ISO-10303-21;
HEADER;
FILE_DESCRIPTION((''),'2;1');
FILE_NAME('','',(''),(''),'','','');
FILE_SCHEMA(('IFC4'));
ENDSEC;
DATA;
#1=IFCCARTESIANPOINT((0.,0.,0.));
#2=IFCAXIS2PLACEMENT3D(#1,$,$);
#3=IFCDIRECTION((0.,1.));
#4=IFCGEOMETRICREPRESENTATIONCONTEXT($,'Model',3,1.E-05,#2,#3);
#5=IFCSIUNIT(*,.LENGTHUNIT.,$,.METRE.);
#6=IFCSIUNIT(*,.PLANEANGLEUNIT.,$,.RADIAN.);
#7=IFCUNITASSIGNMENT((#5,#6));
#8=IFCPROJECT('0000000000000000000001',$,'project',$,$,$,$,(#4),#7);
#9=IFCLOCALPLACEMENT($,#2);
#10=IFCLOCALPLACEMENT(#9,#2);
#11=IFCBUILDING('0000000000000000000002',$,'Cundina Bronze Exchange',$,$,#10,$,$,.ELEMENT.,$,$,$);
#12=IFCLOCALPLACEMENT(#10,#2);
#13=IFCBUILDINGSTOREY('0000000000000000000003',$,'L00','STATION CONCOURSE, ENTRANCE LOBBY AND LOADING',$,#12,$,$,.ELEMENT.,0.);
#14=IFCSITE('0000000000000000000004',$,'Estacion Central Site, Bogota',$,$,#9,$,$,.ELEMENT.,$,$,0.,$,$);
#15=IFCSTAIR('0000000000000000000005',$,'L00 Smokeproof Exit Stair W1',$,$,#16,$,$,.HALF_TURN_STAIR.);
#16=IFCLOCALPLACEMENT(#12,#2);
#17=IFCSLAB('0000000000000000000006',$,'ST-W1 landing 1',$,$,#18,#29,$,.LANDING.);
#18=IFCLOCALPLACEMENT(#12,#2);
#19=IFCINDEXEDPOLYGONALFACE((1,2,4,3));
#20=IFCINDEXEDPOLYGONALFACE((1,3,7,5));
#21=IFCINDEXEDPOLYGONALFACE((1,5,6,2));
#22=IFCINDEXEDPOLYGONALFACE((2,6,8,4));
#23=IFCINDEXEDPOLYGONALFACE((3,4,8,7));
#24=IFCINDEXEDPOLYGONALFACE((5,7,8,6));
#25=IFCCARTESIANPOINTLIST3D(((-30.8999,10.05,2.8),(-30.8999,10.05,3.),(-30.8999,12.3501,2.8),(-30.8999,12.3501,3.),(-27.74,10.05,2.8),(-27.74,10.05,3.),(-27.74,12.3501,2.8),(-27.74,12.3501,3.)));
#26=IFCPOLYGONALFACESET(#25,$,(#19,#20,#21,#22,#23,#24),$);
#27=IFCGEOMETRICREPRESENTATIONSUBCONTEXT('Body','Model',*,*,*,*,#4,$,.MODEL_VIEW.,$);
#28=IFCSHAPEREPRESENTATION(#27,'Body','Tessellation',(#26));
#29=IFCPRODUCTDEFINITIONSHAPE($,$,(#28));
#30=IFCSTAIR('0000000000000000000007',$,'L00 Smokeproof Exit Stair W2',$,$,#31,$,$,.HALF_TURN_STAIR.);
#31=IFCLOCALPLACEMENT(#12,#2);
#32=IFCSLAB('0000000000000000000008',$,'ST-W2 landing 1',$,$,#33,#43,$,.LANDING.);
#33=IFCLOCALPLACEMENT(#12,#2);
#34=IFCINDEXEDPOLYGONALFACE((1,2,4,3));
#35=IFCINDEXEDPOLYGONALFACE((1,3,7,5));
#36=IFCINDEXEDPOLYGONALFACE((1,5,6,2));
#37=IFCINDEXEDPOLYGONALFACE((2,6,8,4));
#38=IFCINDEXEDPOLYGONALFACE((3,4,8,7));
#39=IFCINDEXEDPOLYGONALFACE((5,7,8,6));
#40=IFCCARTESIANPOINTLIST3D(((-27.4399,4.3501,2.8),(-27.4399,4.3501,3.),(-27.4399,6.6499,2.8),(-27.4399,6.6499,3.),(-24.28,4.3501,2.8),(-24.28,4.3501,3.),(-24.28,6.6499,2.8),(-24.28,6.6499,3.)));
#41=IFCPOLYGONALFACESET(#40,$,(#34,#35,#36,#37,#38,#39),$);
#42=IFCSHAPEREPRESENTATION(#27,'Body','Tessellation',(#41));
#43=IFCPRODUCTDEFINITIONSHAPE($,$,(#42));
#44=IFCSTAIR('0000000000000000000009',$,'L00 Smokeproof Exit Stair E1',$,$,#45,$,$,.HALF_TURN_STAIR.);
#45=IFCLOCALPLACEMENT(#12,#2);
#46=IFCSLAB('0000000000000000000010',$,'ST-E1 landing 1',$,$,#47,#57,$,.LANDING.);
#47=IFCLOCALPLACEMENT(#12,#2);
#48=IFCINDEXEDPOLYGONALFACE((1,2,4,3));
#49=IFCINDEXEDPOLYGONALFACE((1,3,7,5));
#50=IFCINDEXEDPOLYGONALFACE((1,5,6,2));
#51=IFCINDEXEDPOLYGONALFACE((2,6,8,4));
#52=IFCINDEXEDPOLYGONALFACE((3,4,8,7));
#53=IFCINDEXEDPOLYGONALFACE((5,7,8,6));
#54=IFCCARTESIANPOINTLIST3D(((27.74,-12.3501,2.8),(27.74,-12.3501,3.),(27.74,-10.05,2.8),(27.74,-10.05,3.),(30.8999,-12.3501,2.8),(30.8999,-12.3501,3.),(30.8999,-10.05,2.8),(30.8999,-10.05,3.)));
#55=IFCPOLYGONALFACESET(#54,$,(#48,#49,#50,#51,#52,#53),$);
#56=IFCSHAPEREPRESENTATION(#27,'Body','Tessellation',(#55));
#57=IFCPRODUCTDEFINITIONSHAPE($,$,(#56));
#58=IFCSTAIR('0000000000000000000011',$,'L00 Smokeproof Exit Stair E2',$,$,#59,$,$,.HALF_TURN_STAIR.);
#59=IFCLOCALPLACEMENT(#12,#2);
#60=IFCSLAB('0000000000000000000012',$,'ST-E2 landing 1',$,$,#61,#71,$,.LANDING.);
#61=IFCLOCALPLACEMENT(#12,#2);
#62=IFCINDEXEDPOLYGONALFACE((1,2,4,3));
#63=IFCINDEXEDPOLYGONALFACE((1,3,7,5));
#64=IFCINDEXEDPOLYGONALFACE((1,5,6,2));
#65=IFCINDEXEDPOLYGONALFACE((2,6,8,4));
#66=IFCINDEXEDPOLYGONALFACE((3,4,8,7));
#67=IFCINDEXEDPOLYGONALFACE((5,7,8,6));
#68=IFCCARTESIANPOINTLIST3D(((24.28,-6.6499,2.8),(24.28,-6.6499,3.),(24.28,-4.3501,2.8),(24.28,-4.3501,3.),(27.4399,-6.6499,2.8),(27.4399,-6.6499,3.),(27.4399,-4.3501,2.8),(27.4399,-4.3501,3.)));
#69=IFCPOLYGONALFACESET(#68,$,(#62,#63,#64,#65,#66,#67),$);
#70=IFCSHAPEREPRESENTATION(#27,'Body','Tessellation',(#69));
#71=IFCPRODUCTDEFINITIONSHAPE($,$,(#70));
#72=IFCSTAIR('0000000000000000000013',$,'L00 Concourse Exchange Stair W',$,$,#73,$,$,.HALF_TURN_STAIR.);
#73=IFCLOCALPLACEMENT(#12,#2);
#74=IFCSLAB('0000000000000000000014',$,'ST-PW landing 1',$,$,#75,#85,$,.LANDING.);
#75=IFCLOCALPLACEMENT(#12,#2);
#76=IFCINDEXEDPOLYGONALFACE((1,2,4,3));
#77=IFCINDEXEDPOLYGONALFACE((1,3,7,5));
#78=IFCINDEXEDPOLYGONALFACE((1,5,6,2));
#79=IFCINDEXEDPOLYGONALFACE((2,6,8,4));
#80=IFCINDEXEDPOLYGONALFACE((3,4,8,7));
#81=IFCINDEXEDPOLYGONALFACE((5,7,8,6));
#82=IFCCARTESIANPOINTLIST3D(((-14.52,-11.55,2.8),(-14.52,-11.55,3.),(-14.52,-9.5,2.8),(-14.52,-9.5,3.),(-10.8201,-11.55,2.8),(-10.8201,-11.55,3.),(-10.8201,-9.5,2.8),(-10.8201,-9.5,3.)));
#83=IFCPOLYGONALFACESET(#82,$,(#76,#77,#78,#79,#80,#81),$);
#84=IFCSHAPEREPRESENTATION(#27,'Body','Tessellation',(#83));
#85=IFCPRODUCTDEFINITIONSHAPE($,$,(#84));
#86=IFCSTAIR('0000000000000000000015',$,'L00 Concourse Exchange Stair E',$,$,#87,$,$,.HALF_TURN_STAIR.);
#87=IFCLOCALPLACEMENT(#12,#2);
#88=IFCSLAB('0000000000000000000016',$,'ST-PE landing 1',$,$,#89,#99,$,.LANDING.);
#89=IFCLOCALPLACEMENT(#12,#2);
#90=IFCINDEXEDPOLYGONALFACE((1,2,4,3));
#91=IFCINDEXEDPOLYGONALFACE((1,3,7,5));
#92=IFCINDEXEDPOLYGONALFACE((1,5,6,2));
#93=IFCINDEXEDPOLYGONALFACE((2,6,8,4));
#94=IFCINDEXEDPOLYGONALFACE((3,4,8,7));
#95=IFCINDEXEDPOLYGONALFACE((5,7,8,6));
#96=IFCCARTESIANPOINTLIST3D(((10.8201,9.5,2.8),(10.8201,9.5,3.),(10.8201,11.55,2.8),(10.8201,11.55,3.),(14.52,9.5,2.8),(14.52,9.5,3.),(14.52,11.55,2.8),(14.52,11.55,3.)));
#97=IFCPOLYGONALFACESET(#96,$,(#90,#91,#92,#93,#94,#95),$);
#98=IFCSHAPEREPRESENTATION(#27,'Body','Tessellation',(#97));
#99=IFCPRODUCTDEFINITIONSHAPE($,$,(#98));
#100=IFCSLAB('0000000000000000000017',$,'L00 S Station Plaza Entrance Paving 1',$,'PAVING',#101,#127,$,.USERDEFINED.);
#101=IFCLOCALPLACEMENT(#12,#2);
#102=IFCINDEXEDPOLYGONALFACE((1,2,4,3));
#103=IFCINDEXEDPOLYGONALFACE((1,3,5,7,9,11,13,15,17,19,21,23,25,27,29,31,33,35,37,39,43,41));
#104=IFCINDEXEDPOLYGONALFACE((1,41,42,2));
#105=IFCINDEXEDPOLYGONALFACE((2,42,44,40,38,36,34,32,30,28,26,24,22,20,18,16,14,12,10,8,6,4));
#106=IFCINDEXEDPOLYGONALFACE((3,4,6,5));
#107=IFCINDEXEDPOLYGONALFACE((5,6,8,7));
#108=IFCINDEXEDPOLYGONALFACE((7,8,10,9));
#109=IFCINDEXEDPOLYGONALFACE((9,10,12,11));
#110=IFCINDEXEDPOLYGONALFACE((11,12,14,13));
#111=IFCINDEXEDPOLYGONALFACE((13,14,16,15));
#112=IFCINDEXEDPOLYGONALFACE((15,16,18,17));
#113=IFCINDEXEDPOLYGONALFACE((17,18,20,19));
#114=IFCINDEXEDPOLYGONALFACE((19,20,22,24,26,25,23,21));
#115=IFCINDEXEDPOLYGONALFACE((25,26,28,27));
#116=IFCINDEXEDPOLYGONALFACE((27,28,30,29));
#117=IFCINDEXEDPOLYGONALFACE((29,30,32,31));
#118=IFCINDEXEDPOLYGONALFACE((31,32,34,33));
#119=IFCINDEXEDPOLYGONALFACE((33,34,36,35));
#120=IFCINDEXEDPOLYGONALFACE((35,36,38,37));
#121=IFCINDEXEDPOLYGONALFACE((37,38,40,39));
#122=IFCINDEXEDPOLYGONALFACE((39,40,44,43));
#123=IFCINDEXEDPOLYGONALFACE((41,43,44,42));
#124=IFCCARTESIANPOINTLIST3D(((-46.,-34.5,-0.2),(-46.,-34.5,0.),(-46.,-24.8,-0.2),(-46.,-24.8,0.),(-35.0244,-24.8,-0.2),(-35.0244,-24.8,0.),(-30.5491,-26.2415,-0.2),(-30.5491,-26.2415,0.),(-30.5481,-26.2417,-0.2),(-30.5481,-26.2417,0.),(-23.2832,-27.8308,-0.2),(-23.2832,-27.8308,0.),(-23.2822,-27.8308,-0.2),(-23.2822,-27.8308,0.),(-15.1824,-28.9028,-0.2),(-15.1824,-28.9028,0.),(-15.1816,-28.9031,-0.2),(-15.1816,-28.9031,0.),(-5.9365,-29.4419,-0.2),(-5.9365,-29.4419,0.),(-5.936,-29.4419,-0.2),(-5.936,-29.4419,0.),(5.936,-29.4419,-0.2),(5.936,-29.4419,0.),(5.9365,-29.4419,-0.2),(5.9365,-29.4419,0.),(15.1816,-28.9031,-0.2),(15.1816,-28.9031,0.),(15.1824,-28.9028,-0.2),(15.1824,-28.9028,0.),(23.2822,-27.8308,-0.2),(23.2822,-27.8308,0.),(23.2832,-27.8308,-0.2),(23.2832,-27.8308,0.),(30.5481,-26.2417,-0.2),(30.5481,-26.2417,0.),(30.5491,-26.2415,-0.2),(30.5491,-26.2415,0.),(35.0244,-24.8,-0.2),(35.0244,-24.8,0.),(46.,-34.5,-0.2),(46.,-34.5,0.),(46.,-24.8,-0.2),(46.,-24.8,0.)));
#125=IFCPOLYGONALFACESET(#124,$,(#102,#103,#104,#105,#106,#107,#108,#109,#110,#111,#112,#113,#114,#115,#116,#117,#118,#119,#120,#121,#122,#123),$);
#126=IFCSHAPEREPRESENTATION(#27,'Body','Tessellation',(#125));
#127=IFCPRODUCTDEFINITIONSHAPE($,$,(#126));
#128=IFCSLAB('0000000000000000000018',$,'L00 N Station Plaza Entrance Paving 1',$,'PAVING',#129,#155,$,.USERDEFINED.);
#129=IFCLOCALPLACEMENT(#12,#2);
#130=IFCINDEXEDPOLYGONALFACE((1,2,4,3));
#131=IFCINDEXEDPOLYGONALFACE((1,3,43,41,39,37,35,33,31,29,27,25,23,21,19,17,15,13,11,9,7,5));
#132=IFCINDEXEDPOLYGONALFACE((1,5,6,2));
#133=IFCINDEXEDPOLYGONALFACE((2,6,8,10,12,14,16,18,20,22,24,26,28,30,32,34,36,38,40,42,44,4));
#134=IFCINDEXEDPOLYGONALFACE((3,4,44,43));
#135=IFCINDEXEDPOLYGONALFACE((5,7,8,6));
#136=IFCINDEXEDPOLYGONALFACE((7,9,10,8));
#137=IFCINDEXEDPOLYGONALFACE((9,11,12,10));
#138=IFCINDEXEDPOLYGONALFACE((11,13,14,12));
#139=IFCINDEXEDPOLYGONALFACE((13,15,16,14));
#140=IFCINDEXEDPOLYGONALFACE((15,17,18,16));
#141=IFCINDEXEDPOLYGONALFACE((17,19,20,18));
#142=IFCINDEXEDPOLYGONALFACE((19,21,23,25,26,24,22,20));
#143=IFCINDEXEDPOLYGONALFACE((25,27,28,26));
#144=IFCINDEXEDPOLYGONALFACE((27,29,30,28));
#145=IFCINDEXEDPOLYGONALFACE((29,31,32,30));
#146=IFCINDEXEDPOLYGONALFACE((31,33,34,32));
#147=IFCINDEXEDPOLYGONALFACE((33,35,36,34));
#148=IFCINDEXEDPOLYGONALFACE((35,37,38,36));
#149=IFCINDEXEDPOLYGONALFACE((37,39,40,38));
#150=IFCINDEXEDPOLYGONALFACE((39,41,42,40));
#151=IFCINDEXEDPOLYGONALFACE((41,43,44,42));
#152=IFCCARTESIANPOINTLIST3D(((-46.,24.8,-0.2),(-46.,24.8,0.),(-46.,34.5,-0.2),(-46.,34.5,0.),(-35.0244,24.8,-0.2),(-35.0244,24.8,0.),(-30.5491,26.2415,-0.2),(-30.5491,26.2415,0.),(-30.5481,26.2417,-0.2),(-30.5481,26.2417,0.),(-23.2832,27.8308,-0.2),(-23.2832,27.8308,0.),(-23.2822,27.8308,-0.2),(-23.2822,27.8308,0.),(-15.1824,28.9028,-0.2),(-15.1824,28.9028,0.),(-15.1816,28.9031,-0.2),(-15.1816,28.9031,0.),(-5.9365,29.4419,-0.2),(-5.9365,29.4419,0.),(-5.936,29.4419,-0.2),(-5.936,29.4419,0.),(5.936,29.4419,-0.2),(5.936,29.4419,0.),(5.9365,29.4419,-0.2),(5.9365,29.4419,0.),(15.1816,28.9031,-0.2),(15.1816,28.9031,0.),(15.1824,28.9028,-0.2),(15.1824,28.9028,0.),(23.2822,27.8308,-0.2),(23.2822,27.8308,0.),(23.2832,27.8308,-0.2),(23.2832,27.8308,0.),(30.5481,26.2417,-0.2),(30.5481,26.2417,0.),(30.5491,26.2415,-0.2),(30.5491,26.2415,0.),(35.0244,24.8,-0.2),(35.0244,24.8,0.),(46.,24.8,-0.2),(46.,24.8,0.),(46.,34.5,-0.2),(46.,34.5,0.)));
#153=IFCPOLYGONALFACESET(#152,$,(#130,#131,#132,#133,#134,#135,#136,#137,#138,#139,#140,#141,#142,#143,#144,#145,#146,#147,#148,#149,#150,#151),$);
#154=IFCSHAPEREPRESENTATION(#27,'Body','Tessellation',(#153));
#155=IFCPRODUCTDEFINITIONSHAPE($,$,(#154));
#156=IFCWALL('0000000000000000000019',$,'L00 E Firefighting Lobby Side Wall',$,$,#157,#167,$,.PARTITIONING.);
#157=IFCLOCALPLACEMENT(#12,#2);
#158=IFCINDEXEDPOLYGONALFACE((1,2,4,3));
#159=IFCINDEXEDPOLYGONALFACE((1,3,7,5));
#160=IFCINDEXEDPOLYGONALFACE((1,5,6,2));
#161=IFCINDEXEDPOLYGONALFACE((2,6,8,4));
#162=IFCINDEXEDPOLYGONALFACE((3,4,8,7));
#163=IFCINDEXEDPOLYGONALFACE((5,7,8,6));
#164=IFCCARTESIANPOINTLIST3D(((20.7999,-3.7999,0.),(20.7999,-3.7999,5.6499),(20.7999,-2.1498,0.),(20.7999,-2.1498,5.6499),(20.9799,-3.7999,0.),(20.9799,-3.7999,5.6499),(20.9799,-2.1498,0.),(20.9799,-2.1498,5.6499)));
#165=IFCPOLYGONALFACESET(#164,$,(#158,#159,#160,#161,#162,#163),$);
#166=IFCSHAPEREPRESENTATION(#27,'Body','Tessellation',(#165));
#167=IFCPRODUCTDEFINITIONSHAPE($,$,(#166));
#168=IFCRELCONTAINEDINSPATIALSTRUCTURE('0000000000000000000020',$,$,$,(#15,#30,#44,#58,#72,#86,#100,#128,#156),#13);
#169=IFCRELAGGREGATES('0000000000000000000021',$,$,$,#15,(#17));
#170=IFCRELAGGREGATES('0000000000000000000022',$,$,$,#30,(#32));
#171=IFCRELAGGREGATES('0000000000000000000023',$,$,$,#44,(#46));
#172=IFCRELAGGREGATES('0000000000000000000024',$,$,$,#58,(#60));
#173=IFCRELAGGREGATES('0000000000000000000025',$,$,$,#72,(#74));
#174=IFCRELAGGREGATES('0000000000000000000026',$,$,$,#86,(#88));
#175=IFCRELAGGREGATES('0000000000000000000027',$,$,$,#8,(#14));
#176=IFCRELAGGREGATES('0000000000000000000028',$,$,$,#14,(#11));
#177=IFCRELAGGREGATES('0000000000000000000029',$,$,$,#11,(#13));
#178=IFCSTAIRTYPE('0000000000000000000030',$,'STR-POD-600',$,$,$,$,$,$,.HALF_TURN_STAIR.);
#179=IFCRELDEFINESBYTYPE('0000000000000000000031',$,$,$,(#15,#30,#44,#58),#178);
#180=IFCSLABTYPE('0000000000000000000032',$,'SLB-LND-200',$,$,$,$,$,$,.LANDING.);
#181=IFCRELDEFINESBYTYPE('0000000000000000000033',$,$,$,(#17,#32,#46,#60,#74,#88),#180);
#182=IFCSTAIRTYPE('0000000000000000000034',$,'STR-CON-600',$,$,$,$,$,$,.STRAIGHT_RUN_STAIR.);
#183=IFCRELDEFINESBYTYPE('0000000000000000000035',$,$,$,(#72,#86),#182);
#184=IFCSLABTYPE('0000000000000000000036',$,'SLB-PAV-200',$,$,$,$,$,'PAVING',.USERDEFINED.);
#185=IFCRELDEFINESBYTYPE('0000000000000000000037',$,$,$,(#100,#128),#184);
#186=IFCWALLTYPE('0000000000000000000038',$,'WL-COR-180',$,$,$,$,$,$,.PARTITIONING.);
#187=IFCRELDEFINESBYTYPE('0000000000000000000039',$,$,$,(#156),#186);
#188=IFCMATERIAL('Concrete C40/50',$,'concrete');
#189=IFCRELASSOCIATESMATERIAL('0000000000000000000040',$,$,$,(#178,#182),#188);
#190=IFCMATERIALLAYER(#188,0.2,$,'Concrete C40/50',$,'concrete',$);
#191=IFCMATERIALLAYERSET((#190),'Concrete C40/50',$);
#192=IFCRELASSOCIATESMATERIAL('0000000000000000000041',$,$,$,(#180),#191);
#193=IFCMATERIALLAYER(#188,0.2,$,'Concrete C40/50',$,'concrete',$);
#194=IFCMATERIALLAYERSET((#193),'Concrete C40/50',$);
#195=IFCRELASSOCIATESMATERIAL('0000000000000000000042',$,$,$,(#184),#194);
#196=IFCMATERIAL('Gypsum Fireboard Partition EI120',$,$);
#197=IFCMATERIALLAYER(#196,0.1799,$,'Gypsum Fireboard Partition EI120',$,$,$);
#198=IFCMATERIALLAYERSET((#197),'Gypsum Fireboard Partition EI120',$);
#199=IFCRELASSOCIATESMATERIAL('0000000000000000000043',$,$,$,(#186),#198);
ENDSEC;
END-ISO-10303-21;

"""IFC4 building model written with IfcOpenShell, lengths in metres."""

from ifc_helpers import new_model, si_unit, direction, frame, frame_2d, origin, place, context, subcontext, project, spatial, polyline, rectangle, outline, extrude, material, layer, layer_set, type_object, element, aggregate, save


model = new_model("IFC4")

# Units and contexts
model_context = context("Model", 3, precision=1e-05, world=origin(), true_north=direction((0.0, 1.0)))
body_context = subcontext(model_context, "Body", "Model", "MODEL_VIEW")
ifc_project = project(units=[si_unit("LENGTHUNIT", "METRE"), si_unit("PLANEANGLEUNIT", "RADIAN")], contexts=[model_context])

# Site, building, storey
site_placement = place(None, origin())
site = spatial("IfcSite", under=ifc_project, at=site_placement, Name="Estacion Central Site, Bogota", CompositionType="ELEMENT", RefElevation=0.0)
building_placement = place(site_placement, origin())
building = spatial("IfcBuilding", under=site, at=building_placement, Name="Cundina Bronze Exchange", CompositionType="ELEMENT")
storey_placement = place(building_placement, origin())
storey = spatial("IfcBuildingStorey", under=building, at=storey_placement, Name="L00", Description="STATION CONCOURSE, ENTRANCE LOBBY AND LOADING", CompositionType="ELEMENT", Elevation=0.0)

# Stairs, slabs
ifc_material_1 = material(Name="Concrete C40/50", Category="concrete")
stair_type_1 = type_object("IfcStairType", Name="STR-POD-600", PredefinedType="HALF_TURN_STAIR", material=ifc_material_1)
stair_1_placement = place(storey_placement, origin())
stair_1 = element("IfcStair", 1, at=stair_1_placement, inside=storey, type_object=stair_type_1, Name="L00 Smokeproof Exit Stair W1", PredefinedType="HALF_TURN_STAIR")
ifc_layer_1 = layer(ifc_material_1, 0.2, Name="Concrete C40/50", Category="concrete")
ifc_layer_set_1 = layer_set([ifc_layer_1], Name="Concrete C40/50")
slab_type_1 = type_object("IfcSlabType", Name="SLB-LND-200", PredefinedType="LANDING", material=ifc_layer_set_1)
slab_1_placement = place(storey_placement, frame((0.0, 0.0, 2.8)))
slab_1 = element("IfcSlab", 2, at=slab_1_placement, type_object=slab_type_1, Name="ST-W1 landing 1", PredefinedType="LANDING", context=body_context, shape_type="SweptSolid", body=[
    extrude(outline(polyline([(-27.74, 10.05), (-27.74, 12.3501), (-30.8999, 12.3501), (-30.8999, 10.05), (-27.74, 10.05)])), origin(), (0.0, 0.0, 1.0), 0.2),
])
aggregate(stair_1, [slab_1])
stair_2_placement = place(storey_placement, origin())
stair_2 = element("IfcStair", 3, at=stair_2_placement, inside=storey, type_object=stair_type_1, Name="L00 Smokeproof Exit Stair W2", PredefinedType="HALF_TURN_STAIR")
slab_2_placement = place(storey_placement, frame((0.0, 0.0, 2.8)))
slab_2 = element("IfcSlab", 4, at=slab_2_placement, type_object=slab_type_1, Name="ST-W2 landing 1", PredefinedType="LANDING", context=body_context, shape_type="SweptSolid", body=[
    extrude(outline(polyline([(-27.4399, 6.6499), (-27.4399, 4.3501), (-24.28, 4.3501), (-24.28, 6.6499), (-27.4399, 6.6499)])), origin(), (0.0, 0.0, 1.0), 0.2),
])
aggregate(stair_2, [slab_2])
stair_3_placement = place(storey_placement, origin())
stair_3 = element("IfcStair", 5, at=stair_3_placement, inside=storey, type_object=stair_type_1, Name="L00 Smokeproof Exit Stair E1", PredefinedType="HALF_TURN_STAIR")
slab_3_placement = place(storey_placement, frame((0.0, 0.0, 2.8)))
slab_3 = element("IfcSlab", 6, at=slab_3_placement, type_object=slab_type_1, Name="ST-E1 landing 1", PredefinedType="LANDING", context=body_context, shape_type="SweptSolid", body=[
    extrude(outline(polyline([(27.74, -10.05), (27.74, -12.3501), (30.8999, -12.3501), (30.8999, -10.05), (27.74, -10.05)])), origin(), (0.0, 0.0, 1.0), 0.2),
])
aggregate(stair_3, [slab_3])
stair_4_placement = place(storey_placement, origin())
stair_4 = element("IfcStair", 7, at=stair_4_placement, inside=storey, type_object=stair_type_1, Name="L00 Smokeproof Exit Stair E2", PredefinedType="HALF_TURN_STAIR")
slab_4_placement = place(storey_placement, frame((0.0, 0.0, 2.8)))
slab_4 = element("IfcSlab", 8, at=slab_4_placement, type_object=slab_type_1, Name="ST-E2 landing 1", PredefinedType="LANDING", context=body_context, shape_type="SweptSolid", body=[
    extrude(outline(polyline([(27.4399, -6.6499), (27.4399, -4.3501), (24.28, -4.3501), (24.28, -6.6499), (27.4399, -6.6499)])), origin(), (0.0, 0.0, 1.0), 0.2),
])
aggregate(stair_4, [slab_4])
stair_type_2 = type_object("IfcStairType", Name="STR-CON-600", PredefinedType="STRAIGHT_RUN_STAIR", material=ifc_material_1)
stair_5_placement = place(storey_placement, origin())
stair_5 = element("IfcStair", 9, at=stair_5_placement, inside=storey, type_object=stair_type_2, Name="L00 Concourse Exchange Stair W", PredefinedType="HALF_TURN_STAIR")
slab_5_placement = place(storey_placement, frame((0.0, 0.0, 2.8)))
slab_5 = element("IfcSlab", 10, at=slab_5_placement, type_object=slab_type_1, Name="ST-PW landing 1", PredefinedType="LANDING", context=body_context, shape_type="SweptSolid", body=[
    extrude(outline(polyline([(-10.8201, -11.55), (-10.8201, -9.5), (-14.52, -9.5), (-14.52, -11.55), (-10.8201, -11.55)])), origin(), (0.0, 0.0, 1.0), 0.2),
])
aggregate(stair_5, [slab_5])
stair_6_placement = place(storey_placement, origin())
stair_6 = element("IfcStair", 11, at=stair_6_placement, inside=storey, type_object=stair_type_2, Name="L00 Concourse Exchange Stair E", PredefinedType="HALF_TURN_STAIR")
slab_6_placement = place(storey_placement, frame((0.0, 0.0, 2.8)))
slab_6 = element("IfcSlab", 12, at=slab_6_placement, type_object=slab_type_1, Name="ST-PE landing 1", PredefinedType="LANDING", context=body_context, shape_type="SweptSolid", body=[
    extrude(outline(polyline([(10.8201, 11.55), (10.8201, 9.5), (14.52, 9.5), (14.52, 11.55), (10.8201, 11.55)])), origin(), (0.0, 0.0, 1.0), 0.2),
])
aggregate(stair_6, [slab_6])

# Slabs
ifc_layer_2 = layer(ifc_material_1, 0.2, Name="Concrete C40/50", Category="concrete")
ifc_layer_set_2 = layer_set([ifc_layer_2], Name="Concrete C40/50")
slab_type_2 = type_object("IfcSlabType", Name="SLB-PAV-200", ElementType="PAVING", PredefinedType="USERDEFINED", material=ifc_layer_set_2)
slab_7_placement = place(storey_placement, frame((0.0, 0.0, -0.2)))
element("IfcSlab", 13, at=slab_7_placement, inside=storey, type_object=slab_type_2, Name="L00 S Station Plaza Entrance Paving 1", ObjectType="PAVING", PredefinedType="USERDEFINED", context=body_context, shape_type="SweptSolid", body=[
    extrude(outline(polyline([(46.0, -24.8), (46.0, -34.5), (-46.0, -34.5), (-46.0, -24.8), (-35.0244, -24.8), (-30.5491, -26.2415), (-30.5481, -26.2417), (-23.2832, -27.8308), (-23.2822, -27.8308), (-15.1824, -28.9028), (-15.1816, -28.9031), (-5.9365, -29.4419), (-5.936, -29.4419), (5.936, -29.4419), (5.9365, -29.4419), (15.1816, -28.9031), (15.1824, -28.9028), (23.2822, -27.8308), (23.2832, -27.8308), (30.5481, -26.2417), (30.5491, -26.2415), (35.0244, -24.8), (46.0, -24.8)])), origin(), (0.0, 0.0, 1.0), 0.2),
])
slab_8_placement = place(storey_placement, frame((0.0, 0.0, -0.2)))
element("IfcSlab", 14, at=slab_8_placement, inside=storey, type_object=slab_type_2, Name="L00 N Station Plaza Entrance Paving 1", ObjectType="PAVING", PredefinedType="USERDEFINED", context=body_context, shape_type="SweptSolid", body=[
    extrude(outline(polyline([(-46.0, 24.8), (-46.0, 34.5), (46.0, 34.5), (46.0, 24.8), (35.0244, 24.8), (30.5491, 26.2415), (30.5481, 26.2417), (23.2832, 27.8308), (23.2822, 27.8308), (15.1824, 28.9028), (15.1816, 28.9031), (5.9365, 29.4419), (5.936, 29.4419), (-5.936, 29.4419), (-5.9365, 29.4419), (-15.1816, 28.9031), (-15.1824, 28.9028), (-23.2822, 27.8308), (-23.2832, 27.8308), (-30.5481, 26.2417), (-30.5491, 26.2415), (-35.0244, 24.8), (-46.0, 24.8)])), origin(), (0.0, 0.0, 1.0), 0.2),
])

# Wall
ifc_material_2 = material(Name="Gypsum Fireboard Partition EI120")
ifc_layer_3 = layer(ifc_material_2, 0.1799, Name="Gypsum Fireboard Partition EI120")
ifc_layer_set_3 = layer_set([ifc_layer_3], Name="Gypsum Fireboard Partition EI120")
wall_type_1 = type_object("IfcWallType", Name="WL-COR-180", PredefinedType="PARTITIONING", material=ifc_layer_set_3)
wall_1_placement = place(storey_placement, frame((20.8899, -3.8, 0.0), z_axis=(0.0, 0.0, 1.0), x_axis=(0.0, 1.0, 0.0)))
element("IfcWall", 15, at=wall_1_placement, inside=storey, type_object=wall_type_1, Name="L00 E Firefighting Lobby Side Wall", PredefinedType="PARTITIONING", context=body_context, shape_type="SweptSolid", body=[
    extrude(rectangle(XDim=1.6501, YDim=0.1799, at=frame_2d((0.8252, 0.0))), origin(), (0.0, 0.0, 1.0), 5.6499),
])

save(model, "model.ifc")
